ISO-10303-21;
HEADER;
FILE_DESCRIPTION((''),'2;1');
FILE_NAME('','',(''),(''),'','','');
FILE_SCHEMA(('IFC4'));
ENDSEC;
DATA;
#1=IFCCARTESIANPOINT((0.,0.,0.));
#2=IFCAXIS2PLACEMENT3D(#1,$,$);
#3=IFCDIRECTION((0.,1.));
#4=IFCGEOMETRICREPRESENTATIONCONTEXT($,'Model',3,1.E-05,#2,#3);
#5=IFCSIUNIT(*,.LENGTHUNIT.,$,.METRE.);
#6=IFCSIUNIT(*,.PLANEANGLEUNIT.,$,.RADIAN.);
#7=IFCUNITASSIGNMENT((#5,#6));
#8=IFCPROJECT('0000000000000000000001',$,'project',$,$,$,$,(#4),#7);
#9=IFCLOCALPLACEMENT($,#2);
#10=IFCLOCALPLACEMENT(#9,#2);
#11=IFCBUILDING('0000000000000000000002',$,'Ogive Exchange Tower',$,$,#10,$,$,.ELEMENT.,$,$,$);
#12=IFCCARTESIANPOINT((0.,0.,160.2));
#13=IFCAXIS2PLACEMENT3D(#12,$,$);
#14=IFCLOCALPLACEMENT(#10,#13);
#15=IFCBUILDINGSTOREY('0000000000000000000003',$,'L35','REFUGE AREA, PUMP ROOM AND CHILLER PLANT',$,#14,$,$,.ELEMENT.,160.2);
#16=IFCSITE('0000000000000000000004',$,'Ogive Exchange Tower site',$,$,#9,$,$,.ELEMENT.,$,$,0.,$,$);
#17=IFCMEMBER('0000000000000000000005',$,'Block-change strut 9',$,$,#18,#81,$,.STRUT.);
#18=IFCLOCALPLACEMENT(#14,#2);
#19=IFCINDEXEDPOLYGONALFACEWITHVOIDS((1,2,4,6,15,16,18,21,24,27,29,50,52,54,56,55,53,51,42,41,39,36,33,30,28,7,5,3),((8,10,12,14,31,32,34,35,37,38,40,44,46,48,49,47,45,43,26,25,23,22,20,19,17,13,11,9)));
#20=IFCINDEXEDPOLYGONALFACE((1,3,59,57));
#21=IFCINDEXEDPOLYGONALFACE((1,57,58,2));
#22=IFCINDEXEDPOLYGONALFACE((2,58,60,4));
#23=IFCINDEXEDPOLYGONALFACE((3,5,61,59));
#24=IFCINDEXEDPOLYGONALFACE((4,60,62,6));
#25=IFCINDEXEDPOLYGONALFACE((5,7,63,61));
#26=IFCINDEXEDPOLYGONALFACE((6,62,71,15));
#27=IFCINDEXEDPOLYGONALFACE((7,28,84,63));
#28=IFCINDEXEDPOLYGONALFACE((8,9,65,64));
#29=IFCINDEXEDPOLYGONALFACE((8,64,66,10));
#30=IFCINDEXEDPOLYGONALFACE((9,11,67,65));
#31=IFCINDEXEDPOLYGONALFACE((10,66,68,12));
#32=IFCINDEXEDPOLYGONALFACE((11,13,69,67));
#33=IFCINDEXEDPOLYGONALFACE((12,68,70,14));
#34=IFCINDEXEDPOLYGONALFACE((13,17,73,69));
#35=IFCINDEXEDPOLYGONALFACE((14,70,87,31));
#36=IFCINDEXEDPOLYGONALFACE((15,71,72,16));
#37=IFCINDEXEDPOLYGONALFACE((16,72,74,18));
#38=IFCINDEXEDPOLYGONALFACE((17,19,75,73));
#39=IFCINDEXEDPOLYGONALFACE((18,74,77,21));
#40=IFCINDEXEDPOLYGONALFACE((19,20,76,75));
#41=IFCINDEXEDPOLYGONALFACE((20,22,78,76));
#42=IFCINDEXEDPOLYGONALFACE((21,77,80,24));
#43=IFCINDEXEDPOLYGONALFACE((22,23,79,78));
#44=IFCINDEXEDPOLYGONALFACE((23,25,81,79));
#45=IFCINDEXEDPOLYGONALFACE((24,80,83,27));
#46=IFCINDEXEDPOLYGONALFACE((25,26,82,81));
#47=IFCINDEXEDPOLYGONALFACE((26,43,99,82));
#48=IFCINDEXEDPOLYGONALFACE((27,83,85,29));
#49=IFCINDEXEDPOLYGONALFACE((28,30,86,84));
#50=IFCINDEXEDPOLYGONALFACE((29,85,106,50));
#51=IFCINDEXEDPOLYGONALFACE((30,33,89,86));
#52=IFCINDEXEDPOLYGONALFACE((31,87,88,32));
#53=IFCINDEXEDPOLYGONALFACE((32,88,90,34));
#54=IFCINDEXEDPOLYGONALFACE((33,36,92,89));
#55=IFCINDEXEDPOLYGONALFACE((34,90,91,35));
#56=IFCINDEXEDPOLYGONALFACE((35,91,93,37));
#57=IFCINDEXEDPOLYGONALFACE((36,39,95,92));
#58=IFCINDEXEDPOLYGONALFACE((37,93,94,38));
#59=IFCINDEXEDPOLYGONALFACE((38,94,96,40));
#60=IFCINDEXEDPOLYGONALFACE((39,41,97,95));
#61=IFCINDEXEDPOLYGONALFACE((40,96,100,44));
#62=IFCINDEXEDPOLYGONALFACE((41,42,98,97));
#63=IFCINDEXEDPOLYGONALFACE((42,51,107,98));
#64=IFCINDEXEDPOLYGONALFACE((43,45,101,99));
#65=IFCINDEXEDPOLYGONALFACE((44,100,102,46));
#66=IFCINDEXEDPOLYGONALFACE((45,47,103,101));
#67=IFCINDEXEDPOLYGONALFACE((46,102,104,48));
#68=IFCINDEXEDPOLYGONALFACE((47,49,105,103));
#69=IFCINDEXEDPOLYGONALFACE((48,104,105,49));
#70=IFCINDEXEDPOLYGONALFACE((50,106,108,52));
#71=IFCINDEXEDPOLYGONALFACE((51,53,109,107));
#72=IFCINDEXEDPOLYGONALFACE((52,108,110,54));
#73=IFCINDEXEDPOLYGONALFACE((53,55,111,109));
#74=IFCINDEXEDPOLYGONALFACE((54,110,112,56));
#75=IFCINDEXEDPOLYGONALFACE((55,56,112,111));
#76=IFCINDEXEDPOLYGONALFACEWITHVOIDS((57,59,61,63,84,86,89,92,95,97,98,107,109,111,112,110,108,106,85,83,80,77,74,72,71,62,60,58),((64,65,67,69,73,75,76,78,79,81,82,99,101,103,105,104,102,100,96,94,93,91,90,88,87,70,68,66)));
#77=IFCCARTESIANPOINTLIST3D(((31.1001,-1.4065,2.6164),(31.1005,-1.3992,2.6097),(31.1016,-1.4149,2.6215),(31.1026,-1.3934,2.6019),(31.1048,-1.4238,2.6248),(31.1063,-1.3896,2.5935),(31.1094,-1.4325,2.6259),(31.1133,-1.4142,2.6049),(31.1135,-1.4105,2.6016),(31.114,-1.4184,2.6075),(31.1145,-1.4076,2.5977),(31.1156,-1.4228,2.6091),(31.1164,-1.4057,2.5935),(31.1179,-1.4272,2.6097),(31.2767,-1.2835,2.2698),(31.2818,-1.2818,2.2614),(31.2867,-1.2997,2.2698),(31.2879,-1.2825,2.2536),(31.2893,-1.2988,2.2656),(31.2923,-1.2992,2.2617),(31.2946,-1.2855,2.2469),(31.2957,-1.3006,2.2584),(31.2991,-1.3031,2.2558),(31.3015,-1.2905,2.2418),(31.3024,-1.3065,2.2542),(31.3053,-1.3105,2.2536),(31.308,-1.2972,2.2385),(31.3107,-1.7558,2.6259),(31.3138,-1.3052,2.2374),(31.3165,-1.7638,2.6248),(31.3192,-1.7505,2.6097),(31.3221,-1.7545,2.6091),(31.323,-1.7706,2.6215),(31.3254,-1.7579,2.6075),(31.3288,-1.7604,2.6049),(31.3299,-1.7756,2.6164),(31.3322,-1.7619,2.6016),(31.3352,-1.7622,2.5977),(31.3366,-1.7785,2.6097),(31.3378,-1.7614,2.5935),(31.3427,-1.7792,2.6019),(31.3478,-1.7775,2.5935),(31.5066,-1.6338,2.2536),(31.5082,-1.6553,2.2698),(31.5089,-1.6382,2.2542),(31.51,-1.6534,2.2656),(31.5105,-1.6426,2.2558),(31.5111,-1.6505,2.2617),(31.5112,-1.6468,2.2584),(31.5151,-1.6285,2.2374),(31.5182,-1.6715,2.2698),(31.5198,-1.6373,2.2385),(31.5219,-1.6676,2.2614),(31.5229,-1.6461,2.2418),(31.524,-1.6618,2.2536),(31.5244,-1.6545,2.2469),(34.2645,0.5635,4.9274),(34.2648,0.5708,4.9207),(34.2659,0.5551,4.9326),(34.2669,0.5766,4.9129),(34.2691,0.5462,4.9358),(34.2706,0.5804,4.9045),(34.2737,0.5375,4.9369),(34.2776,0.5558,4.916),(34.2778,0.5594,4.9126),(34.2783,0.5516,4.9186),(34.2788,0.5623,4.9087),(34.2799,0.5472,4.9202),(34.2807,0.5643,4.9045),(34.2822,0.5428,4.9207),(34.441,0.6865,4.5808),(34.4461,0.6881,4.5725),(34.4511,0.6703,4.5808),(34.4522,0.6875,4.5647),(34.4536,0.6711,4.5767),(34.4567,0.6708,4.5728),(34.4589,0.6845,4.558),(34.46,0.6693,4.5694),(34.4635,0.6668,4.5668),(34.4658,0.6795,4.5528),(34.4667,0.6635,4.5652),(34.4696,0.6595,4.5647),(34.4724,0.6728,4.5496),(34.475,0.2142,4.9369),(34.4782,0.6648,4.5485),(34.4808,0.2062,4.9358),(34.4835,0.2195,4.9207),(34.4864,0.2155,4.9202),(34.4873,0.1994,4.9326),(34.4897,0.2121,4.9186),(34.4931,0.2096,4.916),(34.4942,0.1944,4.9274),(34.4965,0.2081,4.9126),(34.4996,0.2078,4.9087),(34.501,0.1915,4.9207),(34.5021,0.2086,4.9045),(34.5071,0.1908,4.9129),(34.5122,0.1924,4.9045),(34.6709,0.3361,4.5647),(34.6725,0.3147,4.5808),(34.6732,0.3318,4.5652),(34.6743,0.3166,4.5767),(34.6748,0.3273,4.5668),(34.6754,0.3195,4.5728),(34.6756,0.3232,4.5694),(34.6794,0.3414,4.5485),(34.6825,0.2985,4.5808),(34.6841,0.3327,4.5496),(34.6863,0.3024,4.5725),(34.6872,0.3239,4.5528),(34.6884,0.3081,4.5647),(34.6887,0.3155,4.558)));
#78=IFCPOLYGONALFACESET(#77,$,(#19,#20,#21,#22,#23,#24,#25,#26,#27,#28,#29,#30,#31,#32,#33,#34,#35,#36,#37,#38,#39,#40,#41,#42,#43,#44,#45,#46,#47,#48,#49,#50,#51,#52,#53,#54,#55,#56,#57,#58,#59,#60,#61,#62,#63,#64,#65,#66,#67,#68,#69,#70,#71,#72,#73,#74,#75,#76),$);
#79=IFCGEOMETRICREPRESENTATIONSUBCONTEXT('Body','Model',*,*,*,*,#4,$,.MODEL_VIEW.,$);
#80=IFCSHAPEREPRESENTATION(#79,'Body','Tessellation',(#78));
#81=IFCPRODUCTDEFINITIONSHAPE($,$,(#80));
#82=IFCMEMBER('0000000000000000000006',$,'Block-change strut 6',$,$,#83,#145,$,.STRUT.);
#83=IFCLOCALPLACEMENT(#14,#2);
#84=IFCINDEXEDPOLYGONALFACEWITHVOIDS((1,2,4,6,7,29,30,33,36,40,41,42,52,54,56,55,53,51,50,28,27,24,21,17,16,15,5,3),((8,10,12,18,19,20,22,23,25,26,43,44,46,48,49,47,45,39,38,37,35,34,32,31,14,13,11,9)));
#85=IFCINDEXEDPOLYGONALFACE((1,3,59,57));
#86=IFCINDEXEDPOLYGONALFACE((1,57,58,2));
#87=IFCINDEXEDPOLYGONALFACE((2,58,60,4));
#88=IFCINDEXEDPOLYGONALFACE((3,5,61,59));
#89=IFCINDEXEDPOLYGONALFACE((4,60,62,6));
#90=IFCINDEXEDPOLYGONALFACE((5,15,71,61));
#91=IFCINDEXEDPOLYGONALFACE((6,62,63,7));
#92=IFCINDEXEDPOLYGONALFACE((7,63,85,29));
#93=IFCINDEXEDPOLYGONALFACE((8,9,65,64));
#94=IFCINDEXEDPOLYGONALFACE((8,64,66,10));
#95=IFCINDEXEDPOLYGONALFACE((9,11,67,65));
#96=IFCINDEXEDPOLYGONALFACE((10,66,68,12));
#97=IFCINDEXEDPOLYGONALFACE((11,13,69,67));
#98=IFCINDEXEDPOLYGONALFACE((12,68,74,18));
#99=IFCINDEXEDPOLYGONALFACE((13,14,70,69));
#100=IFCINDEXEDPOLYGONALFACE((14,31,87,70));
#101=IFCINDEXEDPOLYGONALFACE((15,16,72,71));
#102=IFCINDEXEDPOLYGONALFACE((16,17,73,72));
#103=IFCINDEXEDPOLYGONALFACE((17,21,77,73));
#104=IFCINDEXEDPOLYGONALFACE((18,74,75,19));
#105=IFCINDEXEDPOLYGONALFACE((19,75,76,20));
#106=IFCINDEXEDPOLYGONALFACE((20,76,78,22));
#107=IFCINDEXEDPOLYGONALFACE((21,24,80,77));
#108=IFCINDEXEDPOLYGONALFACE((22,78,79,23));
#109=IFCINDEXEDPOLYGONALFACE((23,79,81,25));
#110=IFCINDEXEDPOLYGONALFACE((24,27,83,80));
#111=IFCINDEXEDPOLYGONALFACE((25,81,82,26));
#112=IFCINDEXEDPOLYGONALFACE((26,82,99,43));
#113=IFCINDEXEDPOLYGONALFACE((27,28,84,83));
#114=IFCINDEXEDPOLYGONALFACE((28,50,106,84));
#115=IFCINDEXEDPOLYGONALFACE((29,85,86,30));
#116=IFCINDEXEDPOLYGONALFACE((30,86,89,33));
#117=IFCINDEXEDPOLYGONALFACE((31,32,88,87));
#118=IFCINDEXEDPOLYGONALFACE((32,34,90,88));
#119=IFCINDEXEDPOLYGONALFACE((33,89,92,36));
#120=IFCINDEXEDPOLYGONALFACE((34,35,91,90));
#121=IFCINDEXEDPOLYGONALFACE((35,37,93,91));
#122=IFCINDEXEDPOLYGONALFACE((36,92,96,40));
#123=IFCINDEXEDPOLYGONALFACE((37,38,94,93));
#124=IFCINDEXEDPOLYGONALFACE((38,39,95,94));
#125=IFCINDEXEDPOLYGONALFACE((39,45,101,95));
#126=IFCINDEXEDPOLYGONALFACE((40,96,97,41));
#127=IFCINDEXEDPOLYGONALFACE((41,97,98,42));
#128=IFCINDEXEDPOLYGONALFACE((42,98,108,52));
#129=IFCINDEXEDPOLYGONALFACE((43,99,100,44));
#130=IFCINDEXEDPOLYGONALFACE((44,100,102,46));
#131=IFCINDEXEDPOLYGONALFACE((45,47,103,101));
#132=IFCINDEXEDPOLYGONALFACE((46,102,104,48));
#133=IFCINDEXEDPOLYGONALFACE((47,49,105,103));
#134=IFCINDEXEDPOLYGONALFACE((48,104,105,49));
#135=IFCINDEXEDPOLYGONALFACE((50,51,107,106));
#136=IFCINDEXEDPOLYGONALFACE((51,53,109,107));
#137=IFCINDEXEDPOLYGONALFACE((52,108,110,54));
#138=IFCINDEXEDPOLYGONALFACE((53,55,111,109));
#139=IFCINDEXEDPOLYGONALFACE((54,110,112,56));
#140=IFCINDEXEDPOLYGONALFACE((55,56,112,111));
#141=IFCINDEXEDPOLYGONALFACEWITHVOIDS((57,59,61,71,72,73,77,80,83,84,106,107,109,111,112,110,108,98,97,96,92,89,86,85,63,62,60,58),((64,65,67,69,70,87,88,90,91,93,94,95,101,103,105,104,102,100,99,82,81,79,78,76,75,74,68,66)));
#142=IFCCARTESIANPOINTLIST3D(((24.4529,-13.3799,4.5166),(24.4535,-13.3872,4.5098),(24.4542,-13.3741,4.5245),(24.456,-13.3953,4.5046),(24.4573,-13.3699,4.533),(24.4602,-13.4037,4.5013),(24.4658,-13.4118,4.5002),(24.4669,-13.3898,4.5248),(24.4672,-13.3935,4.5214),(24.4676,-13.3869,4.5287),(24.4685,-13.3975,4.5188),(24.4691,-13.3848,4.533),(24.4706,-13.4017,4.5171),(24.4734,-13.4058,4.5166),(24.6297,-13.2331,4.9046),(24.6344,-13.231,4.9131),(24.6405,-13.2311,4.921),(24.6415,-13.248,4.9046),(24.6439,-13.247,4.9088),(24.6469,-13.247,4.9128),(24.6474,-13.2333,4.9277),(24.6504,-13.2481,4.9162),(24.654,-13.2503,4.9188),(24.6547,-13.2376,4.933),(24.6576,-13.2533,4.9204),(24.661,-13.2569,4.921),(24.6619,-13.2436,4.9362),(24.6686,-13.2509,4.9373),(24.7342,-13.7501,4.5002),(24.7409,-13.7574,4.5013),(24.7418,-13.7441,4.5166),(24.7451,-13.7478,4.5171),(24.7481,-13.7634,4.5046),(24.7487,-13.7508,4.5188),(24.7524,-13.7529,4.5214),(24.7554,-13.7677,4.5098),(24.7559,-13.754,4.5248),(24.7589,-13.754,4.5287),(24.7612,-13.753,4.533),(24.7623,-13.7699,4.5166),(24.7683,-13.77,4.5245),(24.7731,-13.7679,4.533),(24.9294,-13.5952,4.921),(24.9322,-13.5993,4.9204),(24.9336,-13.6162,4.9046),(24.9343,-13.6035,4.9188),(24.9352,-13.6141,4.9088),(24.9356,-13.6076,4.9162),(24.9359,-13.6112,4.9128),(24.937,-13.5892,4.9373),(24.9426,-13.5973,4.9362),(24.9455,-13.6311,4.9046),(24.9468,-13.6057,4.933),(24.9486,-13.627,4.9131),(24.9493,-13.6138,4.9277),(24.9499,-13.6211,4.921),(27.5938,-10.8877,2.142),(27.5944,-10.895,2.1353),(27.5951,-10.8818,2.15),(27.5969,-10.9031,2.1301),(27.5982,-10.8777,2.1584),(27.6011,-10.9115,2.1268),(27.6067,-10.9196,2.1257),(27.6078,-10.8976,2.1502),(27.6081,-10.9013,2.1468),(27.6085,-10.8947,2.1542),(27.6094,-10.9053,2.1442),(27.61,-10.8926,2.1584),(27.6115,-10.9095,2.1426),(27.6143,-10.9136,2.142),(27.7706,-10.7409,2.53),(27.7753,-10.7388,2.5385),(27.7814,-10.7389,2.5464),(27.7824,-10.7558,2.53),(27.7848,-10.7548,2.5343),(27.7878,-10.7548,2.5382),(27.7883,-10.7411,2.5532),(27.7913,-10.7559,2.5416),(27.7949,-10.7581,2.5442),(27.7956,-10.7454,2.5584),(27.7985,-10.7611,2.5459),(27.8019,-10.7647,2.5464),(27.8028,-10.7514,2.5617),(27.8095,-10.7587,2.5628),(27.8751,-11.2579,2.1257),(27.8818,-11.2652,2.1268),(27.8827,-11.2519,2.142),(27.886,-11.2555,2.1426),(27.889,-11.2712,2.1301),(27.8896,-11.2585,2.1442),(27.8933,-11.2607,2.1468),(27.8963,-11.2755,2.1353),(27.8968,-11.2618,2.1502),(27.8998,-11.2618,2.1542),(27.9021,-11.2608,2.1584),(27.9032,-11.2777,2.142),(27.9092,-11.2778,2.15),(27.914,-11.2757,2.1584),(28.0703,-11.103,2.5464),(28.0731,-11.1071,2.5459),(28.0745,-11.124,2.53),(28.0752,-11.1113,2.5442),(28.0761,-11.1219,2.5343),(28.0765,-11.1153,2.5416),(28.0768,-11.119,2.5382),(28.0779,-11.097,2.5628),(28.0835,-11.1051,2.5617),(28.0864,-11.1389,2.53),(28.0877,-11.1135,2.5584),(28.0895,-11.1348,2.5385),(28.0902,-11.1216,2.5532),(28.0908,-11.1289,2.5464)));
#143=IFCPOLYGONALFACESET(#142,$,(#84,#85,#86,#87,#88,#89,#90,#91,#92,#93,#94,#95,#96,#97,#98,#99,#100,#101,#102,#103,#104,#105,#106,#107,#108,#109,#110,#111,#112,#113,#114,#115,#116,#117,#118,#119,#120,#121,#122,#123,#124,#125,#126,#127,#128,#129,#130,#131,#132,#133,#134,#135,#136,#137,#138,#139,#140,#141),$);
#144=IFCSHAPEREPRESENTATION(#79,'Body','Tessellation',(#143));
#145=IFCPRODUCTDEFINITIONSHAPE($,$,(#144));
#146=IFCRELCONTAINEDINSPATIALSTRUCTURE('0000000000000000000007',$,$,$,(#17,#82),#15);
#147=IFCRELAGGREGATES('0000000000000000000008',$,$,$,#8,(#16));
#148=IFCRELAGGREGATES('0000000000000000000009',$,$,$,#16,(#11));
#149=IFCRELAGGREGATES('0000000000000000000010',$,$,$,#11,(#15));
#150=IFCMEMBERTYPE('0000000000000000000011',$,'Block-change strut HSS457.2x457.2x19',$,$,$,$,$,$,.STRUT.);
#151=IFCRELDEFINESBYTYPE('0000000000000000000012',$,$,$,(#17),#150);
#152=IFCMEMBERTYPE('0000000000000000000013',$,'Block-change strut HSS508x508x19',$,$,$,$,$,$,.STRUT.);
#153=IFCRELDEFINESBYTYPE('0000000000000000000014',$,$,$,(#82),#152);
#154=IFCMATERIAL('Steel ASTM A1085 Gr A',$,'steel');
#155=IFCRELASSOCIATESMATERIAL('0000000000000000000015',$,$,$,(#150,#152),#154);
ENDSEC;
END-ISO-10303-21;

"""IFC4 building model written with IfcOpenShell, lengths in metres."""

from ifc_helpers import new_model, si_unit, direction, frame, origin, origin_2d, place, context, subcontext, project, spatial, hollow_rectangle, extrude, material, material_profile, profile_set, type_object, element, save


model = new_model("IFC4")

# Units and contexts
model_context = context("Model", 3, precision=1e-05, world=origin(), true_north=direction((0.0, 1.0)))
body_context = subcontext(model_context, "Body", "Model", "MODEL_VIEW")
ifc_project = project(units=[si_unit("LENGTHUNIT", "METRE"), si_unit("PLANEANGLEUNIT", "RADIAN")], contexts=[model_context])

# Site, building, storey
site_placement = place(None, origin())
site = spatial("IfcSite", under=ifc_project, at=site_placement, Name="Ogive Exchange Tower site", CompositionType="ELEMENT", RefElevation=0.0)
building_placement = place(site_placement, origin())
building = spatial("IfcBuilding", under=site, at=building_placement, Name="Ogive Exchange Tower", CompositionType="ELEMENT")
storey_placement = place(building_placement, frame((0.0, 0.0, 160.2)))
storey = spatial("IfcBuildingStorey", under=building, at=storey_placement, Name="L35", Description="REFUGE AREA, PUMP ROOM AND CHILLER PLANT", CompositionType="ELEMENT", Elevation=160.2)

# Shared definitions
ifc_material_1 = material(Name="Steel ASTM A1085 Gr A", Category="steel")

# Members
ifc_material_profile_1 = material_profile(ifc_material_1, hollow_rectangle(XDim=0.457, YDim=0.457, WallThickness=0.019, InnerFilletRadius=0.019, OuterFilletRadius=0.0381, at=origin_2d()), Name="HSS457.2x457.2x19")
ifc_profile_set_1 = profile_set([ifc_material_profile_1], Name="Steel ASTM A1085 Gr A")
member_type_1 = type_object("IfcMemberType", Name="Block-change strut HSS457.2x457.2x19", PredefinedType="STRUT", material=ifc_profile_set_1)
member_1_placement = place(storey_placement, frame((31.3123, -1.5305, 2.4316), z_axis=(0.721503, 0.449179, 0.526946), x_axis=(-0.528509, 0.848928, 0.0)))
element("IfcMember", 1, at=member_1_placement, inside=storey, type_object=member_type_1, Name="Block-change strut 9", PredefinedType="STRUT", context=body_context, shape_type="SweptSolid", body=[
    extrude(hollow_rectangle(XDim=0.457, YDim=0.457, WallThickness=0.019, InnerFilletRadius=0.019, OuterFilletRadius=0.0381, at=origin_2d()), origin(), (0.0, 0.0, 1.0), 4.3857),
])
ifc_material_profile_2 = material_profile(ifc_material_1, hollow_rectangle(XDim=0.5081, YDim=0.5081, WallThickness=0.019, InnerFilletRadius=0.019, OuterFilletRadius=0.0381, at=origin_2d()), Name="HSS508x508x19")
ifc_profile_set_2 = profile_set([ifc_material_profile_2], Name="Steel ASTM A1085 Gr A")
member_type_2 = type_object("IfcMemberType", Name="Block-change strut HSS508x508x19", PredefinedType="STRUT", material=ifc_profile_set_2)
member_2_placement = place(storey_placement, frame((27.8423, -11.0083, 2.3442), z_axis=(-0.674025, -0.534819, 0.509566), x_axis=(0.621571, -0.783358, 0.0)))
element("IfcMember", 2, at=member_2_placement, inside=storey, type_object=member_type_2, Name="Block-change strut 6", PredefinedType="STRUT", context=body_context, shape_type="SweptSolid", body=[
    extrude(hollow_rectangle(XDim=0.5081, YDim=0.5081, WallThickness=0.019, InnerFilletRadius=0.019, OuterFilletRadius=0.0381, at=origin_2d()), origin(), (0.0, 0.0, 1.0), 4.6599),
])

save(model, "model.ifc")
